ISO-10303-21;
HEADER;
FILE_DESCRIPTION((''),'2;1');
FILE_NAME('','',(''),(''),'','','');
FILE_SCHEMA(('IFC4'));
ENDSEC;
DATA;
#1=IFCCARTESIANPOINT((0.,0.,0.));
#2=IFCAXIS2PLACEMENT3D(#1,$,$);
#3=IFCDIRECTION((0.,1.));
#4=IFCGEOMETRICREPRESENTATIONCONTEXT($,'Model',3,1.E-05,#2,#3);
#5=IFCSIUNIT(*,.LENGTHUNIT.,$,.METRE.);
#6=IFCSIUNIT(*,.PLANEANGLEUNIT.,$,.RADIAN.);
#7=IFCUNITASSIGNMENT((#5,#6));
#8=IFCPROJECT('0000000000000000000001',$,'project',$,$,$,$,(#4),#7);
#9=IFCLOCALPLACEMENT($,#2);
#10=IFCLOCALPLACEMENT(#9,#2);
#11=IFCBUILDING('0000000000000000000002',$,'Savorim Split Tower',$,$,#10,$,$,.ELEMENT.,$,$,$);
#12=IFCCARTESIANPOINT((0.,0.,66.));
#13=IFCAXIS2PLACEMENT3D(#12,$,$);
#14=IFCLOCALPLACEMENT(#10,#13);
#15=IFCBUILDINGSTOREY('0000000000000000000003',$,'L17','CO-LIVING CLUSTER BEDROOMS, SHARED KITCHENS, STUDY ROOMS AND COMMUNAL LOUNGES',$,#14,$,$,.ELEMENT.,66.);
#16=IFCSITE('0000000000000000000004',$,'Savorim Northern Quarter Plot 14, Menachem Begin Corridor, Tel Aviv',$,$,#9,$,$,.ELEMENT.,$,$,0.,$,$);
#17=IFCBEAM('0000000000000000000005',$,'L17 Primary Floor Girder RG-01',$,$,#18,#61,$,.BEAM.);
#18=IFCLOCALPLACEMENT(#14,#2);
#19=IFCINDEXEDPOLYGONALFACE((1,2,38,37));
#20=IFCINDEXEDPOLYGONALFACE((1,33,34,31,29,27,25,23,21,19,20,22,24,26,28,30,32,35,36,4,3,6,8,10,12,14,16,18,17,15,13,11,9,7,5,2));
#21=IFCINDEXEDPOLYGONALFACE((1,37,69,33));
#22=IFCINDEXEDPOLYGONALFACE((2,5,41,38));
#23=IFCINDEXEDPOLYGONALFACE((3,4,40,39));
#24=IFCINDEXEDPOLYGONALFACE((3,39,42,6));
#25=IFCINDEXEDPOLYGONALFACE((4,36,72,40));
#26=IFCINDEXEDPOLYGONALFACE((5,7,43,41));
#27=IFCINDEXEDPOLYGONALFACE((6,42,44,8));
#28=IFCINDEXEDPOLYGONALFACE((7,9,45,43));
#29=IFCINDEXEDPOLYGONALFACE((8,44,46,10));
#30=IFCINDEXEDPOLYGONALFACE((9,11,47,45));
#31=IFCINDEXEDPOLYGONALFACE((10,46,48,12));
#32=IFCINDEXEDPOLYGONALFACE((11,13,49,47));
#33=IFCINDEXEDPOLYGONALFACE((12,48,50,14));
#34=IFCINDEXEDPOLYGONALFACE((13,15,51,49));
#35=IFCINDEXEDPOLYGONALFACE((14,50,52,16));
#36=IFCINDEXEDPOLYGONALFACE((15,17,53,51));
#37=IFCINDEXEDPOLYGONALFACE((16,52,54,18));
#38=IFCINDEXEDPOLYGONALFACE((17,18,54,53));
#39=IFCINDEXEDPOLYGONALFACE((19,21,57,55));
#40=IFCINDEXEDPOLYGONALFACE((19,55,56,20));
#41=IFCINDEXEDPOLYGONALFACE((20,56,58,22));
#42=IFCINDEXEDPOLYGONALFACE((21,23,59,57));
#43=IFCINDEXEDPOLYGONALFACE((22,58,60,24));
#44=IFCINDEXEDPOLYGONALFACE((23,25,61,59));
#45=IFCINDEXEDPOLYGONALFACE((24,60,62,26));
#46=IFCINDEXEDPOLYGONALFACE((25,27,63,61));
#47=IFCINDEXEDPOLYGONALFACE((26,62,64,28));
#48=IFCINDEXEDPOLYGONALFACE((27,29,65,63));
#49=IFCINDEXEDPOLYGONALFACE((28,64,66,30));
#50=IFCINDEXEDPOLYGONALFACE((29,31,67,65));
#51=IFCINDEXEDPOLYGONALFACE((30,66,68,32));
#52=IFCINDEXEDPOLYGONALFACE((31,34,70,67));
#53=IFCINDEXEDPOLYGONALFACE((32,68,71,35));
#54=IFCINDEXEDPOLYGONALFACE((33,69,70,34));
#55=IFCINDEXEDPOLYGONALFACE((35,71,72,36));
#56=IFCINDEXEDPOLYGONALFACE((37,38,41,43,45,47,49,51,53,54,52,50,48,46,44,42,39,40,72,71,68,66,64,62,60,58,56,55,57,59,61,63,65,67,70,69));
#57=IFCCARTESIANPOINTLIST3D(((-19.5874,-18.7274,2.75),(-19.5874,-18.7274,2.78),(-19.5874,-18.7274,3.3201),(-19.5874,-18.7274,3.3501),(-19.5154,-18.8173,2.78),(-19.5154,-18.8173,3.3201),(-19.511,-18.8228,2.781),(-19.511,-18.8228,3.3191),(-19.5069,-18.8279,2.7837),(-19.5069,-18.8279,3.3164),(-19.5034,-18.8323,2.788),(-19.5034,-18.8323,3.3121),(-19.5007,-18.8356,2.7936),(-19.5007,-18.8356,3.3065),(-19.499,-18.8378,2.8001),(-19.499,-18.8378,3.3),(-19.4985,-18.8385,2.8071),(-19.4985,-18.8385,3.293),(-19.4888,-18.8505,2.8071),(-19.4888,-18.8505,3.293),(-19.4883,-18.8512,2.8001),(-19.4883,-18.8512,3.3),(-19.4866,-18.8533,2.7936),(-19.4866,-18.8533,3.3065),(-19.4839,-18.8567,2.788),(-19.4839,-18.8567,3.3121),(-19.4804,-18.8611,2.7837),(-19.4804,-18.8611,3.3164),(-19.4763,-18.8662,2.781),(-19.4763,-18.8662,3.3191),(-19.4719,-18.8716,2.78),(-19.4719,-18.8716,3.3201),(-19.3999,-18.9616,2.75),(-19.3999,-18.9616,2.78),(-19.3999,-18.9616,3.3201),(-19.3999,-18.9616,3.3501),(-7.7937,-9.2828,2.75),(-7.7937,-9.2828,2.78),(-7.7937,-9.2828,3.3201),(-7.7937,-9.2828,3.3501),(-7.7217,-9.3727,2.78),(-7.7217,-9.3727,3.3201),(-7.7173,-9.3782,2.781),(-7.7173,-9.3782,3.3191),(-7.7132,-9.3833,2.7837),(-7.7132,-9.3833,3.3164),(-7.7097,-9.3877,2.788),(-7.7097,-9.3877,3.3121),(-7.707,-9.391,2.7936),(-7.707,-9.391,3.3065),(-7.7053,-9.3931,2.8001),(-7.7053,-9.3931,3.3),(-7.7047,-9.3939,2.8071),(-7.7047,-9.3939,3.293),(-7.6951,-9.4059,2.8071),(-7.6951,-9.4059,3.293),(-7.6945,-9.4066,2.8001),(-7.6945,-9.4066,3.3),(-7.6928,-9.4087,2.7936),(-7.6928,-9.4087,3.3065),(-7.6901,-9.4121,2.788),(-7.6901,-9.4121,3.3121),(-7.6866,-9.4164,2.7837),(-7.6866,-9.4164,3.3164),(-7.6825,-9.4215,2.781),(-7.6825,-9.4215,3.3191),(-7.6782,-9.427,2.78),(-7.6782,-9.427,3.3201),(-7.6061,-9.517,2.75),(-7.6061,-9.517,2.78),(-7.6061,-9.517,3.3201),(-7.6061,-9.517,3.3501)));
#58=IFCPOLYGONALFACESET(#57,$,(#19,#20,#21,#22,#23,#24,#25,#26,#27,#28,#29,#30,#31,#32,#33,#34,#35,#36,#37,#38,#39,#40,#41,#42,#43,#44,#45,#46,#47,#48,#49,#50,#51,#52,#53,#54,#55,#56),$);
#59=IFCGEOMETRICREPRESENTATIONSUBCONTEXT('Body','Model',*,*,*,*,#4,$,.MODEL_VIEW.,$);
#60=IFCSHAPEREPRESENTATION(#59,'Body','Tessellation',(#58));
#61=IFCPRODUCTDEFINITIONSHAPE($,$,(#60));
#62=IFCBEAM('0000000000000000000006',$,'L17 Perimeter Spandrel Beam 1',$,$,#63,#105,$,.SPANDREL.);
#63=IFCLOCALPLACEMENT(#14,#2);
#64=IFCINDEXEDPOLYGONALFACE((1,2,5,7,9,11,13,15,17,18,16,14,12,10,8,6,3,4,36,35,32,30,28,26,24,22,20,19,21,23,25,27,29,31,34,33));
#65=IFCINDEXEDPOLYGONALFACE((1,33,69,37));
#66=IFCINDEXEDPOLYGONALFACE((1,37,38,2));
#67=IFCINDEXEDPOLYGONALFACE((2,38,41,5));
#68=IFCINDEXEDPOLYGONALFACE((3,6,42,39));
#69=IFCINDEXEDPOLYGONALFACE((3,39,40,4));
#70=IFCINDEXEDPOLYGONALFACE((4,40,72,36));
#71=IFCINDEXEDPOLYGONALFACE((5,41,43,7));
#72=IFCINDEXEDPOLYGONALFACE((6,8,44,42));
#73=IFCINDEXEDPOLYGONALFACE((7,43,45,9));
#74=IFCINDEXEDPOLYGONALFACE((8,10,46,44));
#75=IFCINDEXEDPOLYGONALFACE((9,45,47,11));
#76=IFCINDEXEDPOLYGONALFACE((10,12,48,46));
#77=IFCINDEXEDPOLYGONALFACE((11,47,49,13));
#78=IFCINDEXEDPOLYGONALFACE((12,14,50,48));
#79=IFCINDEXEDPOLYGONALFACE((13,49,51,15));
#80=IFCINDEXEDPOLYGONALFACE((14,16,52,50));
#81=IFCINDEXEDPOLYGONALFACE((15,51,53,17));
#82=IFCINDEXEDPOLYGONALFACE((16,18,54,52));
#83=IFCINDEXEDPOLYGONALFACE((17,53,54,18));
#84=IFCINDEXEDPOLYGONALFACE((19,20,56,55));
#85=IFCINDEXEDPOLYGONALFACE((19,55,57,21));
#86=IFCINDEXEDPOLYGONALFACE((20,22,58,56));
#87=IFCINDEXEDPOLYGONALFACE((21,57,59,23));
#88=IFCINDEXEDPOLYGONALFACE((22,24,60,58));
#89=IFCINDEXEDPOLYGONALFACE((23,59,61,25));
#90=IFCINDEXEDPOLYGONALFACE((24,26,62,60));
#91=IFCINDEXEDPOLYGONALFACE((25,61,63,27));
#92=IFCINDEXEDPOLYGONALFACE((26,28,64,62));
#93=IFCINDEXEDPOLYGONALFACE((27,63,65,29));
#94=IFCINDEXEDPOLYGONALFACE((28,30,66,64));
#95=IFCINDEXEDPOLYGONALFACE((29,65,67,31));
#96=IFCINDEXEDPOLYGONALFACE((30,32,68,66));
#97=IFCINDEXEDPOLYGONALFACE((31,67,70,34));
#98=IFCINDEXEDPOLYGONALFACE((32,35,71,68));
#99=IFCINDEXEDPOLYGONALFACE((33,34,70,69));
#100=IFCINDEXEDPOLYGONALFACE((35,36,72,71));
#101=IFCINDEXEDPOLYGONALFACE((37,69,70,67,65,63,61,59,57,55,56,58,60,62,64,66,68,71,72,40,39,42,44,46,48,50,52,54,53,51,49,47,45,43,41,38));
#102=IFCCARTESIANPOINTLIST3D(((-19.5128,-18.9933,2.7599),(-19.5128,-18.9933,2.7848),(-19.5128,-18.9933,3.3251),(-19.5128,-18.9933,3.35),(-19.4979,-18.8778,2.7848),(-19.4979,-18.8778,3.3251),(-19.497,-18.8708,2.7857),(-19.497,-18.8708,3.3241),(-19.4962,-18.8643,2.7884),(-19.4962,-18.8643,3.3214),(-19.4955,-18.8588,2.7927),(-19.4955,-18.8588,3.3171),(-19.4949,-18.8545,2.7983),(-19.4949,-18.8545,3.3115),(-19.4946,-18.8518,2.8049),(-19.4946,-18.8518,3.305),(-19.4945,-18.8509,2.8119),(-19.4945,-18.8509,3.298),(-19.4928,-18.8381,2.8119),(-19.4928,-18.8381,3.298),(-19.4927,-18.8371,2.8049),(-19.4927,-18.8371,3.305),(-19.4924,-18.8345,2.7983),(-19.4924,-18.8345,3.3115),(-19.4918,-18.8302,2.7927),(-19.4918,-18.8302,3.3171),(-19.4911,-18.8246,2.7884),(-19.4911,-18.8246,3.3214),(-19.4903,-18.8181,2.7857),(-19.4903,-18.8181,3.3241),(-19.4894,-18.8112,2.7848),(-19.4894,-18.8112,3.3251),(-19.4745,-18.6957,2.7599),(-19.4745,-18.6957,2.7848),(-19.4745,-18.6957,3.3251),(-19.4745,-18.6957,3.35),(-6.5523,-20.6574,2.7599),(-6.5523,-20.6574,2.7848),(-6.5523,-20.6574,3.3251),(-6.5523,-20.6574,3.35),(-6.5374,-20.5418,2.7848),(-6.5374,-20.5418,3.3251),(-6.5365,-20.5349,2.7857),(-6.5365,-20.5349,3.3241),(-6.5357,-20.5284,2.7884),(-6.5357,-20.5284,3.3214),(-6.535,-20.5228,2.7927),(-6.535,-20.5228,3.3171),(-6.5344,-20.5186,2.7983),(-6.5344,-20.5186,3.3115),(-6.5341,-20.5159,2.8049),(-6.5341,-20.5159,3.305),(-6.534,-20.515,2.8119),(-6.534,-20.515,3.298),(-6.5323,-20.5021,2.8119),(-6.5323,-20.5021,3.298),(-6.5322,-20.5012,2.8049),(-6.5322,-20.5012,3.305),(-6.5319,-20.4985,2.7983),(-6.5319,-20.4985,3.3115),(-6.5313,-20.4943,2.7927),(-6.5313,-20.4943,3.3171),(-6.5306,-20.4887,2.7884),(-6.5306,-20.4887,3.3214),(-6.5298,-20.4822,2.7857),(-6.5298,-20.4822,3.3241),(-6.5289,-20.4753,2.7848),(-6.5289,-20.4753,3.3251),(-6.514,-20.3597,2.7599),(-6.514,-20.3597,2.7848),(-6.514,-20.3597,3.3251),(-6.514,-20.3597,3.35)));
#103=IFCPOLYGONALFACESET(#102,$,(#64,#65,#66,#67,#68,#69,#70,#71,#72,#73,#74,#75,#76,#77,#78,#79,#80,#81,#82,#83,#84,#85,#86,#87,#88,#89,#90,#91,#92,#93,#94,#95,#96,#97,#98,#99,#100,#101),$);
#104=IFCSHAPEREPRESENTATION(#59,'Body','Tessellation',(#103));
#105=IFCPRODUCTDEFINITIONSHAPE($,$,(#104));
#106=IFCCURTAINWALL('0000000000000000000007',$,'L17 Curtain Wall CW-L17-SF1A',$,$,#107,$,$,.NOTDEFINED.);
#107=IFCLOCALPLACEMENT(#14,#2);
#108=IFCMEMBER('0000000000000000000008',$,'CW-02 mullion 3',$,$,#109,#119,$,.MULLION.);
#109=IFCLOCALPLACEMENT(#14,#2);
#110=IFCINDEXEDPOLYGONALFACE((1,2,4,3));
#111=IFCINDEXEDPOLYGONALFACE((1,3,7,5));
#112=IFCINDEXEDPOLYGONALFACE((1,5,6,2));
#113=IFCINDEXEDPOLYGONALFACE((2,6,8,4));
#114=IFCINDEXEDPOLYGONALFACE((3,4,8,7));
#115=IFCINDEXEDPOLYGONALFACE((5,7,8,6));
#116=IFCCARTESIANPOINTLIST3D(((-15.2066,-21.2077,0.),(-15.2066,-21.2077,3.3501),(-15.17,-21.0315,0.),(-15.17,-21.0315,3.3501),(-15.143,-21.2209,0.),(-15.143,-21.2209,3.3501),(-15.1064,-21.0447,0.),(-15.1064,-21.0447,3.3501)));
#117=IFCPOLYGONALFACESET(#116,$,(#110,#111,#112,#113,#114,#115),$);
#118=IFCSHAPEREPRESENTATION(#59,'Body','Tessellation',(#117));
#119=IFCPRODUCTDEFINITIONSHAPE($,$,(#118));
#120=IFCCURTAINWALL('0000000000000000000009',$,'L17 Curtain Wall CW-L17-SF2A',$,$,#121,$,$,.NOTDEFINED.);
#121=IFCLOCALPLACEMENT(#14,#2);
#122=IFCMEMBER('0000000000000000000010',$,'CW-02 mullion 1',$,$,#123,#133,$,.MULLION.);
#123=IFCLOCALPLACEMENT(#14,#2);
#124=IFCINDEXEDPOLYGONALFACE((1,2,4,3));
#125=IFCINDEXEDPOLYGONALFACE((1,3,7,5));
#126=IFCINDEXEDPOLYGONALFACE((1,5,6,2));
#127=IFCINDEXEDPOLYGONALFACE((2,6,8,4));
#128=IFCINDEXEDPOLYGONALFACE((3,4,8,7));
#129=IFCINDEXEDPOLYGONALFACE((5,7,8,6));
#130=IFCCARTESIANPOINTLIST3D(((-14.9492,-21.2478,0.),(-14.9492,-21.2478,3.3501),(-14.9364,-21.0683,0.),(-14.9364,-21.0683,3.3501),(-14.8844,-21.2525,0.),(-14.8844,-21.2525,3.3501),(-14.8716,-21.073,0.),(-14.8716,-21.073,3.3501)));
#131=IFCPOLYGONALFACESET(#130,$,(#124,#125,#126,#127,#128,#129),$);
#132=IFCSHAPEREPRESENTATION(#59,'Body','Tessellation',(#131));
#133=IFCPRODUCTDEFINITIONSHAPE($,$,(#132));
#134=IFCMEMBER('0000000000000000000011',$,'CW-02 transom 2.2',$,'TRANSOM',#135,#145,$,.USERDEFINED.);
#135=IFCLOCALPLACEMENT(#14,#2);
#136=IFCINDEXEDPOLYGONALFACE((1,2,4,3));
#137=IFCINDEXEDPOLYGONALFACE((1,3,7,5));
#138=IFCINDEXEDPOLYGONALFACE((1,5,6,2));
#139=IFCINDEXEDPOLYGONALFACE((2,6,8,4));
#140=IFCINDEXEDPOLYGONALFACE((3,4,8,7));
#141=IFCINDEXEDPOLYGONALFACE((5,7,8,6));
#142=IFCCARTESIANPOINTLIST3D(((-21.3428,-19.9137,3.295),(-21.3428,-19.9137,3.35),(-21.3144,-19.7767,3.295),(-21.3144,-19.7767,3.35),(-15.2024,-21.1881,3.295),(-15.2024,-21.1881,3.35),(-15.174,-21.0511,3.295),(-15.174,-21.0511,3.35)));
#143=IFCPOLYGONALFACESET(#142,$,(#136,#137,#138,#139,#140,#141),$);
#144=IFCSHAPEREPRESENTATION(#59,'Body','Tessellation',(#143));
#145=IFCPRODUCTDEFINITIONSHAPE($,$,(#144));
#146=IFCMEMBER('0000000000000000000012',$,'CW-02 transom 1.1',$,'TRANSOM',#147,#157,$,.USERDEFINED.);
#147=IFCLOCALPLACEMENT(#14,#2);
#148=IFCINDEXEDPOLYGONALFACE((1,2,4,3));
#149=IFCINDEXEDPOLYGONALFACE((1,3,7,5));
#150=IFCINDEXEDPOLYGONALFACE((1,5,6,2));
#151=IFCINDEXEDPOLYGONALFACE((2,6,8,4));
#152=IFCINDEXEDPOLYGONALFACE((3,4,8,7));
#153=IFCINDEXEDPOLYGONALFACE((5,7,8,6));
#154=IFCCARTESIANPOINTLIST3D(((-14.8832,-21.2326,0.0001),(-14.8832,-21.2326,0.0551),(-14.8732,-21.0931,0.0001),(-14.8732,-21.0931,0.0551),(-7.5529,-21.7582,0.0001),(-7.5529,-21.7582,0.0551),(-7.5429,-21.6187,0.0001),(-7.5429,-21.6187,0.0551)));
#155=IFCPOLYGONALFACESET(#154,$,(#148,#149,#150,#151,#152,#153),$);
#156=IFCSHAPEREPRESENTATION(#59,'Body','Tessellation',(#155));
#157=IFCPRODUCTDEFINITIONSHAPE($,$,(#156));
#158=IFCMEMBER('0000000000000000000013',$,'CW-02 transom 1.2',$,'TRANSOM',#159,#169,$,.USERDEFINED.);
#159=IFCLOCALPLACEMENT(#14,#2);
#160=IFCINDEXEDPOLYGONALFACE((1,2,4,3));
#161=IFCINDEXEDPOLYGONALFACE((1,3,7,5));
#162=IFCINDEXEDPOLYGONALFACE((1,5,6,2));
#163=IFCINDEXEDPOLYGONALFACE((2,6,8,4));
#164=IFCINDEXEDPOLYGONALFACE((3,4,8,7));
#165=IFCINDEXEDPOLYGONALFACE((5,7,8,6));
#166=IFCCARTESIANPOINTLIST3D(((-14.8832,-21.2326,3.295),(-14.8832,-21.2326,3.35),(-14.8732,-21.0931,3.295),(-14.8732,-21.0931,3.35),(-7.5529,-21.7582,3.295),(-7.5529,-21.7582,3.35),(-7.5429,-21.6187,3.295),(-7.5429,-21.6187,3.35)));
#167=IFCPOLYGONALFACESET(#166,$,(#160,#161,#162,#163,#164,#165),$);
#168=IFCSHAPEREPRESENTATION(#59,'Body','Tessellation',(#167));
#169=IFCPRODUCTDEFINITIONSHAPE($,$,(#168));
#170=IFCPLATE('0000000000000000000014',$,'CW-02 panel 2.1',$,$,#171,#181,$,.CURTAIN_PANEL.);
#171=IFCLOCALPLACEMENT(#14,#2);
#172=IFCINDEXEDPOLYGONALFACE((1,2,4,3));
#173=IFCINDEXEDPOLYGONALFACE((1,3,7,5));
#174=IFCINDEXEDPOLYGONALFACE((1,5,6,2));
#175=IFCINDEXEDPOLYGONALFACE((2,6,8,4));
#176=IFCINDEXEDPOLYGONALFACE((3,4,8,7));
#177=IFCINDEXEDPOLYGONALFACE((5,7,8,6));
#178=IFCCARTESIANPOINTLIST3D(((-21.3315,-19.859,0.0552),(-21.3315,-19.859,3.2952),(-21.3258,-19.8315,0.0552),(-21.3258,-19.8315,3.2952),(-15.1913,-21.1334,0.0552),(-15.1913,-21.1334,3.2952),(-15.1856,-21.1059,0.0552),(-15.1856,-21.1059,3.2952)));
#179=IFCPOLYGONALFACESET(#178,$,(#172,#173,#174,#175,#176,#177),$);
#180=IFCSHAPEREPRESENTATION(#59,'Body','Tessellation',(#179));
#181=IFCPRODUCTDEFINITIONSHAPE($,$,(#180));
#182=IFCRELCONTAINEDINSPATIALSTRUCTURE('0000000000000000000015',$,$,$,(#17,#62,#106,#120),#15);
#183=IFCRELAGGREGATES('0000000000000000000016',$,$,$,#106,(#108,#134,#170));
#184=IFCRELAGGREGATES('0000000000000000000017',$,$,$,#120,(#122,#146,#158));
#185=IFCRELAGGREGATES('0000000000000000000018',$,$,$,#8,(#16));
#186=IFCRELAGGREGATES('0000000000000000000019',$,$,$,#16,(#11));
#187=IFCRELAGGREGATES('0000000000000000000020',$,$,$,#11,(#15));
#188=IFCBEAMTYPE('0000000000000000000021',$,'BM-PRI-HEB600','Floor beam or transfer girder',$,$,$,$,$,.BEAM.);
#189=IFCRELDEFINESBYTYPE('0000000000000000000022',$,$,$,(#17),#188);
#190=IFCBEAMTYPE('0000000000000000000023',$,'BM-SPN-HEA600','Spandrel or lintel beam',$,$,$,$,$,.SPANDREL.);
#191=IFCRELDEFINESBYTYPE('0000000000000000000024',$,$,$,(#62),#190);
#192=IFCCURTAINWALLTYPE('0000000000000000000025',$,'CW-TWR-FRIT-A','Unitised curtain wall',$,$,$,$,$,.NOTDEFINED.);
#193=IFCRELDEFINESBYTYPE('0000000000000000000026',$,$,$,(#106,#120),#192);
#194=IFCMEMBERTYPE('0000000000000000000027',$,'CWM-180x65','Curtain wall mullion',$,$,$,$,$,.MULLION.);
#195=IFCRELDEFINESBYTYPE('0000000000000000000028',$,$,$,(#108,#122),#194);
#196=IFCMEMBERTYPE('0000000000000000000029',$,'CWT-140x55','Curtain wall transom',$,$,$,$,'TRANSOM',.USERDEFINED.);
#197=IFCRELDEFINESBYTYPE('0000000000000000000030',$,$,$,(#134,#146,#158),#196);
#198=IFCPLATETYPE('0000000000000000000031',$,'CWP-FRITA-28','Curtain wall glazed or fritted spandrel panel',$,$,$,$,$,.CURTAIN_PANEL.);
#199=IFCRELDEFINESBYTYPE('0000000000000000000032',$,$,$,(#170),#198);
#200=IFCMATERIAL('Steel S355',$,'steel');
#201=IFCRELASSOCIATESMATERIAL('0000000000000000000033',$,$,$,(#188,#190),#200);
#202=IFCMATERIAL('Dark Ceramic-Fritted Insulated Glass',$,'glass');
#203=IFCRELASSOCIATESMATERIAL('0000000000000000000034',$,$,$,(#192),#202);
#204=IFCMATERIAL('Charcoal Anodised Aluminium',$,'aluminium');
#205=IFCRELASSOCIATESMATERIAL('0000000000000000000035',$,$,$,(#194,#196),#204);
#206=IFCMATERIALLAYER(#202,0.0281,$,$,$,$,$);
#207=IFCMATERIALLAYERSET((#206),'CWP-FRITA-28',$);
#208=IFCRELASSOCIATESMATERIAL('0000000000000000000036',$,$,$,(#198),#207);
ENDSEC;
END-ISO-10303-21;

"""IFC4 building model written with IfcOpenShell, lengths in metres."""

from ifc_helpers import new_model, si_unit, direction, frame, origin, origin_2d, place, context, subcontext, project, spatial, rectangle, i_section, extrude, material, layer, layer_set, material_profile, profile_set, type_object, element, aggregate, save


model = new_model("IFC4")

# Units and contexts
model_context = context("Model", 3, precision=1e-05, world=origin(), true_north=direction((0.0, 1.0)))
body_context = subcontext(model_context, "Body", "Model", "MODEL_VIEW")
ifc_project = project(units=[si_unit("LENGTHUNIT", "METRE"), si_unit("PLANEANGLEUNIT", "RADIAN")], contexts=[model_context])

# Site, building, storey
site_placement = place(None, origin())
site = spatial("IfcSite", under=ifc_project, at=site_placement, Name="Savorim Northern Quarter Plot 14, Menachem Begin Corridor, Tel Aviv", CompositionType="ELEMENT", RefElevation=0.0)
building_placement = place(site_placement, origin())
building = spatial("IfcBuilding", under=site, at=building_placement, Name="Savorim Split Tower", CompositionType="ELEMENT")
storey_placement = place(building_placement, frame((0.0, 0.0, 66.0)))
storey = spatial("IfcBuildingStorey", under=building, at=storey_placement, Name="L17", Description="CO-LIVING CLUSTER BEDROOMS, SHARED KITCHENS, STUDY ROOMS AND COMMUNAL LOUNGES", CompositionType="ELEMENT", Elevation=66.0)

# Beams
ifc_material_1 = material(Name="Steel S355", Category="steel")
ifc_material_profile_1 = material_profile(ifc_material_1, i_section(OverallWidth=0.3, OverallDepth=0.6001, WebThickness=0.0154, FlangeThickness=0.03, FilletRadius=0.0271, at=origin_2d()), Name="HEB 600")
ifc_profile_set_1 = profile_set([ifc_material_profile_1], Name="Steel S355")
beam_type_1 = type_object("IfcBeamType", Name="BM-PRI-HEB600", Description="Floor beam or transfer girder", PredefinedType="BEAM", material=ifc_profile_set_1)
beam_1_placement = place(storey_placement, frame((-19.4937, -18.8445, 3.05), z_axis=(0.780558, 0.625083, 0.0), x_axis=(-0.625083, 0.780558, 0.0)))
element("IfcBeam", 1, at=beam_1_placement, inside=storey, type_object=beam_type_1, Name="L17 Primary Floor Girder RG-01", PredefinedType="BEAM", context=body_context, shape_type="SweptSolid", body=[
    extrude(i_section(OverallWidth=0.3, OverallDepth=0.6001, WebThickness=0.0154, FlangeThickness=0.03, FilletRadius=0.0271, at=origin_2d()), origin(), (0.0, 0.0, 1.0), 15.1094),
])
ifc_material_profile_2 = material_profile(ifc_material_1, i_section(OverallWidth=0.3, OverallDepth=0.5901, WebThickness=0.0129, FlangeThickness=0.0249, FilletRadius=0.0271, at=origin_2d()), Name="HEA 600")
ifc_profile_set_2 = profile_set([ifc_material_profile_2], Name="Steel S355")
beam_type_2 = type_object("IfcBeamType", Name="BM-SPN-HEA600", Description="Spandrel or lintel beam", PredefinedType="SPANDREL", material=ifc_profile_set_2)
beam_2_placement = place(storey_placement, frame((-19.4937, -18.8445, 3.0549), z_axis=(0.991858, -0.12735, 0.0), x_axis=(0.12735, 0.991858, 0.0)))
element("IfcBeam", 2, at=beam_2_placement, inside=storey, type_object=beam_type_2, Name="L17 Perimeter Spandrel Beam 1", PredefinedType="SPANDREL", context=body_context, shape_type="SweptSolid", body=[
    extrude(i_section(OverallWidth=0.3, OverallDepth=0.5901, WebThickness=0.0129, FlangeThickness=0.0249, FilletRadius=0.0271, at=origin_2d()), origin(), (0.0, 0.0, 1.0), 13.0669),
])

# Curtain walls, members
ifc_material_2 = material(Name="Dark Ceramic-Fritted Insulated Glass", Category="glass")
curtain_wall_type = type_object("IfcCurtainWallType", Name="CW-TWR-FRIT-A", Description="Unitised curtain wall", PredefinedType="NOTDEFINED", material=ifc_material_2)
curtain_wall_1_placement = place(storey_placement, origin())
curtain_wall_1 = element("IfcCurtainWall", 3, at=curtain_wall_1_placement, inside=storey, type_object=curtain_wall_type, Name="L17 Curtain Wall CW-L17-SF1A", PredefinedType="NOTDEFINED")
ifc_material_3 = material(Name="Charcoal Anodised Aluminium", Category="aluminium")
ifc_material_profile_3 = material_profile(ifc_material_3, rectangle(XDim=0.1799, YDim=0.0649, at=origin_2d()), Name="ALU-M 180x65")
ifc_profile_set_3 = profile_set([ifc_material_profile_3], Name="Charcoal Anodised Aluminium")
member_type_1 = type_object("IfcMemberType", Name="CWM-180x65", Description="Curtain wall mullion", PredefinedType="MULLION", material=ifc_profile_set_3)
member_1_placement = place(storey_placement, frame((-15.1565, -21.1262, 0.0), z_axis=(0.0, 0.0, 1.0), x_axis=(0.203216, 0.979134, 0.0)))
member_1 = element("IfcMember", 4, at=member_1_placement, type_object=member_type_1, Name="CW-02 mullion 3", PredefinedType="MULLION", context=body_context, shape_type="SweptSolid", body=[
    extrude(rectangle(XDim=0.1799, YDim=0.0649, at=origin_2d()), origin(), (0.0, 0.0, 1.0), 3.3501),
])
curtain_wall_2_placement = place(storey_placement, origin())
curtain_wall_2 = element("IfcCurtainWall", 5, at=curtain_wall_2_placement, inside=storey, type_object=curtain_wall_type, Name="L17 Curtain Wall CW-L17-SF2A", PredefinedType="NOTDEFINED")
member_2_placement = place(storey_placement, frame((-14.9104, -21.1604, 0.0), z_axis=(0.0, 0.0, 1.0), x_axis=(0.071546, 0.997437, 0.0)))
member_2 = element("IfcMember", 6, at=member_2_placement, type_object=member_type_1, Name="CW-02 mullion 1", PredefinedType="MULLION", context=body_context, shape_type="SweptSolid", body=[
    extrude(rectangle(XDim=0.1799, YDim=0.0649, at=origin_2d()), origin(), (0.0, 0.0, 1.0), 3.3501),
])

# Members
ifc_material_profile_4 = material_profile(ifc_material_3, rectangle(XDim=0.1399, YDim=0.0549, at=origin_2d()), Name="ALU-T 140x55")
ifc_profile_set_4 = profile_set([ifc_material_profile_4], Name="Charcoal Anodised Aluminium")
member_type_2 = type_object("IfcMemberType", Name="CWT-140x55", Description="Curtain wall transom", ElementType="TRANSOM", PredefinedType="USERDEFINED", material=ifc_profile_set_4)
member_3_placement = place(storey_placement, frame((-21.3286, -19.8452, 3.3225), z_axis=(0.979134, -0.203216, 0.0), x_axis=(0.203216, 0.979134, 0.0)))
member_3 = element("IfcMember", 7, at=member_3_placement, type_object=member_type_2, Name="CW-02 transom 2.2", ObjectType="TRANSOM", PredefinedType="USERDEFINED", context=body_context, shape_type="SweptSolid", body=[
    extrude(rectangle(XDim=0.1399, YDim=0.0549, at=origin_2d()), origin(), (0.0, 0.0, 1.0), 6.2712),
])
member_4_placement = place(storey_placement, frame((-14.8782, -21.1628, 0.0276), z_axis=(0.997439, -0.071523, 0.0), x_axis=(0.071523, 0.997439, 0.0)))
member_4 = element("IfcMember", 8, at=member_4_placement, type_object=member_type_2, Name="CW-02 transom 1.1", ObjectType="TRANSOM", PredefinedType="USERDEFINED", context=body_context, shape_type="SweptSolid", body=[
    extrude(rectangle(XDim=0.1399, YDim=0.0549, at=origin_2d()), origin(), (0.0, 0.0, 1.0), 7.3491),
])
member_5_placement = place(storey_placement, frame((-14.8782, -21.1628, 3.3225), z_axis=(0.997439, -0.071523, 0.0), x_axis=(0.071523, 0.997439, 0.0)))
member_5 = element("IfcMember", 9, at=member_5_placement, type_object=member_type_2, Name="CW-02 transom 1.2", ObjectType="TRANSOM", PredefinedType="USERDEFINED", context=body_context, shape_type="SweptSolid", body=[
    extrude(rectangle(XDim=0.1399, YDim=0.0549, at=origin_2d()), origin(), (0.0, 0.0, 1.0), 7.3491),
])

# Plate
ifc_layer_1 = layer(ifc_material_2, 0.0281)
ifc_layer_set_1 = layer_set([ifc_layer_1], Name="CWP-FRITA-28")
plate_type = type_object("IfcPlateType", Name="CWP-FRITA-28", Description="Curtain wall glazed or fritted spandrel panel", PredefinedType="CURTAIN_PANEL", material=ifc_layer_set_1)
plate_1_placement = place(storey_placement, frame((-18.2585, -20.4824, 0.0552), z_axis=(0.0, 0.0, 1.0), x_axis=(0.979134, -0.203216, 0.0)))
plate_1 = element("IfcPlate", 10, at=plate_1_placement, type_object=plate_type, Name="CW-02 panel 2.1", PredefinedType="CURTAIN_PANEL", context=body_context, shape_type="SweptSolid", body=[
    extrude(rectangle(XDim=6.271, YDim=0.0281, at=origin_2d()), origin(), (0.0, 0.0, 1.0), 3.24),
])
aggregate(curtain_wall_1, [member_1, member_3, plate_1])
aggregate(curtain_wall_2, [member_2, member_4, member_5])

save(model, "model.ifc")
